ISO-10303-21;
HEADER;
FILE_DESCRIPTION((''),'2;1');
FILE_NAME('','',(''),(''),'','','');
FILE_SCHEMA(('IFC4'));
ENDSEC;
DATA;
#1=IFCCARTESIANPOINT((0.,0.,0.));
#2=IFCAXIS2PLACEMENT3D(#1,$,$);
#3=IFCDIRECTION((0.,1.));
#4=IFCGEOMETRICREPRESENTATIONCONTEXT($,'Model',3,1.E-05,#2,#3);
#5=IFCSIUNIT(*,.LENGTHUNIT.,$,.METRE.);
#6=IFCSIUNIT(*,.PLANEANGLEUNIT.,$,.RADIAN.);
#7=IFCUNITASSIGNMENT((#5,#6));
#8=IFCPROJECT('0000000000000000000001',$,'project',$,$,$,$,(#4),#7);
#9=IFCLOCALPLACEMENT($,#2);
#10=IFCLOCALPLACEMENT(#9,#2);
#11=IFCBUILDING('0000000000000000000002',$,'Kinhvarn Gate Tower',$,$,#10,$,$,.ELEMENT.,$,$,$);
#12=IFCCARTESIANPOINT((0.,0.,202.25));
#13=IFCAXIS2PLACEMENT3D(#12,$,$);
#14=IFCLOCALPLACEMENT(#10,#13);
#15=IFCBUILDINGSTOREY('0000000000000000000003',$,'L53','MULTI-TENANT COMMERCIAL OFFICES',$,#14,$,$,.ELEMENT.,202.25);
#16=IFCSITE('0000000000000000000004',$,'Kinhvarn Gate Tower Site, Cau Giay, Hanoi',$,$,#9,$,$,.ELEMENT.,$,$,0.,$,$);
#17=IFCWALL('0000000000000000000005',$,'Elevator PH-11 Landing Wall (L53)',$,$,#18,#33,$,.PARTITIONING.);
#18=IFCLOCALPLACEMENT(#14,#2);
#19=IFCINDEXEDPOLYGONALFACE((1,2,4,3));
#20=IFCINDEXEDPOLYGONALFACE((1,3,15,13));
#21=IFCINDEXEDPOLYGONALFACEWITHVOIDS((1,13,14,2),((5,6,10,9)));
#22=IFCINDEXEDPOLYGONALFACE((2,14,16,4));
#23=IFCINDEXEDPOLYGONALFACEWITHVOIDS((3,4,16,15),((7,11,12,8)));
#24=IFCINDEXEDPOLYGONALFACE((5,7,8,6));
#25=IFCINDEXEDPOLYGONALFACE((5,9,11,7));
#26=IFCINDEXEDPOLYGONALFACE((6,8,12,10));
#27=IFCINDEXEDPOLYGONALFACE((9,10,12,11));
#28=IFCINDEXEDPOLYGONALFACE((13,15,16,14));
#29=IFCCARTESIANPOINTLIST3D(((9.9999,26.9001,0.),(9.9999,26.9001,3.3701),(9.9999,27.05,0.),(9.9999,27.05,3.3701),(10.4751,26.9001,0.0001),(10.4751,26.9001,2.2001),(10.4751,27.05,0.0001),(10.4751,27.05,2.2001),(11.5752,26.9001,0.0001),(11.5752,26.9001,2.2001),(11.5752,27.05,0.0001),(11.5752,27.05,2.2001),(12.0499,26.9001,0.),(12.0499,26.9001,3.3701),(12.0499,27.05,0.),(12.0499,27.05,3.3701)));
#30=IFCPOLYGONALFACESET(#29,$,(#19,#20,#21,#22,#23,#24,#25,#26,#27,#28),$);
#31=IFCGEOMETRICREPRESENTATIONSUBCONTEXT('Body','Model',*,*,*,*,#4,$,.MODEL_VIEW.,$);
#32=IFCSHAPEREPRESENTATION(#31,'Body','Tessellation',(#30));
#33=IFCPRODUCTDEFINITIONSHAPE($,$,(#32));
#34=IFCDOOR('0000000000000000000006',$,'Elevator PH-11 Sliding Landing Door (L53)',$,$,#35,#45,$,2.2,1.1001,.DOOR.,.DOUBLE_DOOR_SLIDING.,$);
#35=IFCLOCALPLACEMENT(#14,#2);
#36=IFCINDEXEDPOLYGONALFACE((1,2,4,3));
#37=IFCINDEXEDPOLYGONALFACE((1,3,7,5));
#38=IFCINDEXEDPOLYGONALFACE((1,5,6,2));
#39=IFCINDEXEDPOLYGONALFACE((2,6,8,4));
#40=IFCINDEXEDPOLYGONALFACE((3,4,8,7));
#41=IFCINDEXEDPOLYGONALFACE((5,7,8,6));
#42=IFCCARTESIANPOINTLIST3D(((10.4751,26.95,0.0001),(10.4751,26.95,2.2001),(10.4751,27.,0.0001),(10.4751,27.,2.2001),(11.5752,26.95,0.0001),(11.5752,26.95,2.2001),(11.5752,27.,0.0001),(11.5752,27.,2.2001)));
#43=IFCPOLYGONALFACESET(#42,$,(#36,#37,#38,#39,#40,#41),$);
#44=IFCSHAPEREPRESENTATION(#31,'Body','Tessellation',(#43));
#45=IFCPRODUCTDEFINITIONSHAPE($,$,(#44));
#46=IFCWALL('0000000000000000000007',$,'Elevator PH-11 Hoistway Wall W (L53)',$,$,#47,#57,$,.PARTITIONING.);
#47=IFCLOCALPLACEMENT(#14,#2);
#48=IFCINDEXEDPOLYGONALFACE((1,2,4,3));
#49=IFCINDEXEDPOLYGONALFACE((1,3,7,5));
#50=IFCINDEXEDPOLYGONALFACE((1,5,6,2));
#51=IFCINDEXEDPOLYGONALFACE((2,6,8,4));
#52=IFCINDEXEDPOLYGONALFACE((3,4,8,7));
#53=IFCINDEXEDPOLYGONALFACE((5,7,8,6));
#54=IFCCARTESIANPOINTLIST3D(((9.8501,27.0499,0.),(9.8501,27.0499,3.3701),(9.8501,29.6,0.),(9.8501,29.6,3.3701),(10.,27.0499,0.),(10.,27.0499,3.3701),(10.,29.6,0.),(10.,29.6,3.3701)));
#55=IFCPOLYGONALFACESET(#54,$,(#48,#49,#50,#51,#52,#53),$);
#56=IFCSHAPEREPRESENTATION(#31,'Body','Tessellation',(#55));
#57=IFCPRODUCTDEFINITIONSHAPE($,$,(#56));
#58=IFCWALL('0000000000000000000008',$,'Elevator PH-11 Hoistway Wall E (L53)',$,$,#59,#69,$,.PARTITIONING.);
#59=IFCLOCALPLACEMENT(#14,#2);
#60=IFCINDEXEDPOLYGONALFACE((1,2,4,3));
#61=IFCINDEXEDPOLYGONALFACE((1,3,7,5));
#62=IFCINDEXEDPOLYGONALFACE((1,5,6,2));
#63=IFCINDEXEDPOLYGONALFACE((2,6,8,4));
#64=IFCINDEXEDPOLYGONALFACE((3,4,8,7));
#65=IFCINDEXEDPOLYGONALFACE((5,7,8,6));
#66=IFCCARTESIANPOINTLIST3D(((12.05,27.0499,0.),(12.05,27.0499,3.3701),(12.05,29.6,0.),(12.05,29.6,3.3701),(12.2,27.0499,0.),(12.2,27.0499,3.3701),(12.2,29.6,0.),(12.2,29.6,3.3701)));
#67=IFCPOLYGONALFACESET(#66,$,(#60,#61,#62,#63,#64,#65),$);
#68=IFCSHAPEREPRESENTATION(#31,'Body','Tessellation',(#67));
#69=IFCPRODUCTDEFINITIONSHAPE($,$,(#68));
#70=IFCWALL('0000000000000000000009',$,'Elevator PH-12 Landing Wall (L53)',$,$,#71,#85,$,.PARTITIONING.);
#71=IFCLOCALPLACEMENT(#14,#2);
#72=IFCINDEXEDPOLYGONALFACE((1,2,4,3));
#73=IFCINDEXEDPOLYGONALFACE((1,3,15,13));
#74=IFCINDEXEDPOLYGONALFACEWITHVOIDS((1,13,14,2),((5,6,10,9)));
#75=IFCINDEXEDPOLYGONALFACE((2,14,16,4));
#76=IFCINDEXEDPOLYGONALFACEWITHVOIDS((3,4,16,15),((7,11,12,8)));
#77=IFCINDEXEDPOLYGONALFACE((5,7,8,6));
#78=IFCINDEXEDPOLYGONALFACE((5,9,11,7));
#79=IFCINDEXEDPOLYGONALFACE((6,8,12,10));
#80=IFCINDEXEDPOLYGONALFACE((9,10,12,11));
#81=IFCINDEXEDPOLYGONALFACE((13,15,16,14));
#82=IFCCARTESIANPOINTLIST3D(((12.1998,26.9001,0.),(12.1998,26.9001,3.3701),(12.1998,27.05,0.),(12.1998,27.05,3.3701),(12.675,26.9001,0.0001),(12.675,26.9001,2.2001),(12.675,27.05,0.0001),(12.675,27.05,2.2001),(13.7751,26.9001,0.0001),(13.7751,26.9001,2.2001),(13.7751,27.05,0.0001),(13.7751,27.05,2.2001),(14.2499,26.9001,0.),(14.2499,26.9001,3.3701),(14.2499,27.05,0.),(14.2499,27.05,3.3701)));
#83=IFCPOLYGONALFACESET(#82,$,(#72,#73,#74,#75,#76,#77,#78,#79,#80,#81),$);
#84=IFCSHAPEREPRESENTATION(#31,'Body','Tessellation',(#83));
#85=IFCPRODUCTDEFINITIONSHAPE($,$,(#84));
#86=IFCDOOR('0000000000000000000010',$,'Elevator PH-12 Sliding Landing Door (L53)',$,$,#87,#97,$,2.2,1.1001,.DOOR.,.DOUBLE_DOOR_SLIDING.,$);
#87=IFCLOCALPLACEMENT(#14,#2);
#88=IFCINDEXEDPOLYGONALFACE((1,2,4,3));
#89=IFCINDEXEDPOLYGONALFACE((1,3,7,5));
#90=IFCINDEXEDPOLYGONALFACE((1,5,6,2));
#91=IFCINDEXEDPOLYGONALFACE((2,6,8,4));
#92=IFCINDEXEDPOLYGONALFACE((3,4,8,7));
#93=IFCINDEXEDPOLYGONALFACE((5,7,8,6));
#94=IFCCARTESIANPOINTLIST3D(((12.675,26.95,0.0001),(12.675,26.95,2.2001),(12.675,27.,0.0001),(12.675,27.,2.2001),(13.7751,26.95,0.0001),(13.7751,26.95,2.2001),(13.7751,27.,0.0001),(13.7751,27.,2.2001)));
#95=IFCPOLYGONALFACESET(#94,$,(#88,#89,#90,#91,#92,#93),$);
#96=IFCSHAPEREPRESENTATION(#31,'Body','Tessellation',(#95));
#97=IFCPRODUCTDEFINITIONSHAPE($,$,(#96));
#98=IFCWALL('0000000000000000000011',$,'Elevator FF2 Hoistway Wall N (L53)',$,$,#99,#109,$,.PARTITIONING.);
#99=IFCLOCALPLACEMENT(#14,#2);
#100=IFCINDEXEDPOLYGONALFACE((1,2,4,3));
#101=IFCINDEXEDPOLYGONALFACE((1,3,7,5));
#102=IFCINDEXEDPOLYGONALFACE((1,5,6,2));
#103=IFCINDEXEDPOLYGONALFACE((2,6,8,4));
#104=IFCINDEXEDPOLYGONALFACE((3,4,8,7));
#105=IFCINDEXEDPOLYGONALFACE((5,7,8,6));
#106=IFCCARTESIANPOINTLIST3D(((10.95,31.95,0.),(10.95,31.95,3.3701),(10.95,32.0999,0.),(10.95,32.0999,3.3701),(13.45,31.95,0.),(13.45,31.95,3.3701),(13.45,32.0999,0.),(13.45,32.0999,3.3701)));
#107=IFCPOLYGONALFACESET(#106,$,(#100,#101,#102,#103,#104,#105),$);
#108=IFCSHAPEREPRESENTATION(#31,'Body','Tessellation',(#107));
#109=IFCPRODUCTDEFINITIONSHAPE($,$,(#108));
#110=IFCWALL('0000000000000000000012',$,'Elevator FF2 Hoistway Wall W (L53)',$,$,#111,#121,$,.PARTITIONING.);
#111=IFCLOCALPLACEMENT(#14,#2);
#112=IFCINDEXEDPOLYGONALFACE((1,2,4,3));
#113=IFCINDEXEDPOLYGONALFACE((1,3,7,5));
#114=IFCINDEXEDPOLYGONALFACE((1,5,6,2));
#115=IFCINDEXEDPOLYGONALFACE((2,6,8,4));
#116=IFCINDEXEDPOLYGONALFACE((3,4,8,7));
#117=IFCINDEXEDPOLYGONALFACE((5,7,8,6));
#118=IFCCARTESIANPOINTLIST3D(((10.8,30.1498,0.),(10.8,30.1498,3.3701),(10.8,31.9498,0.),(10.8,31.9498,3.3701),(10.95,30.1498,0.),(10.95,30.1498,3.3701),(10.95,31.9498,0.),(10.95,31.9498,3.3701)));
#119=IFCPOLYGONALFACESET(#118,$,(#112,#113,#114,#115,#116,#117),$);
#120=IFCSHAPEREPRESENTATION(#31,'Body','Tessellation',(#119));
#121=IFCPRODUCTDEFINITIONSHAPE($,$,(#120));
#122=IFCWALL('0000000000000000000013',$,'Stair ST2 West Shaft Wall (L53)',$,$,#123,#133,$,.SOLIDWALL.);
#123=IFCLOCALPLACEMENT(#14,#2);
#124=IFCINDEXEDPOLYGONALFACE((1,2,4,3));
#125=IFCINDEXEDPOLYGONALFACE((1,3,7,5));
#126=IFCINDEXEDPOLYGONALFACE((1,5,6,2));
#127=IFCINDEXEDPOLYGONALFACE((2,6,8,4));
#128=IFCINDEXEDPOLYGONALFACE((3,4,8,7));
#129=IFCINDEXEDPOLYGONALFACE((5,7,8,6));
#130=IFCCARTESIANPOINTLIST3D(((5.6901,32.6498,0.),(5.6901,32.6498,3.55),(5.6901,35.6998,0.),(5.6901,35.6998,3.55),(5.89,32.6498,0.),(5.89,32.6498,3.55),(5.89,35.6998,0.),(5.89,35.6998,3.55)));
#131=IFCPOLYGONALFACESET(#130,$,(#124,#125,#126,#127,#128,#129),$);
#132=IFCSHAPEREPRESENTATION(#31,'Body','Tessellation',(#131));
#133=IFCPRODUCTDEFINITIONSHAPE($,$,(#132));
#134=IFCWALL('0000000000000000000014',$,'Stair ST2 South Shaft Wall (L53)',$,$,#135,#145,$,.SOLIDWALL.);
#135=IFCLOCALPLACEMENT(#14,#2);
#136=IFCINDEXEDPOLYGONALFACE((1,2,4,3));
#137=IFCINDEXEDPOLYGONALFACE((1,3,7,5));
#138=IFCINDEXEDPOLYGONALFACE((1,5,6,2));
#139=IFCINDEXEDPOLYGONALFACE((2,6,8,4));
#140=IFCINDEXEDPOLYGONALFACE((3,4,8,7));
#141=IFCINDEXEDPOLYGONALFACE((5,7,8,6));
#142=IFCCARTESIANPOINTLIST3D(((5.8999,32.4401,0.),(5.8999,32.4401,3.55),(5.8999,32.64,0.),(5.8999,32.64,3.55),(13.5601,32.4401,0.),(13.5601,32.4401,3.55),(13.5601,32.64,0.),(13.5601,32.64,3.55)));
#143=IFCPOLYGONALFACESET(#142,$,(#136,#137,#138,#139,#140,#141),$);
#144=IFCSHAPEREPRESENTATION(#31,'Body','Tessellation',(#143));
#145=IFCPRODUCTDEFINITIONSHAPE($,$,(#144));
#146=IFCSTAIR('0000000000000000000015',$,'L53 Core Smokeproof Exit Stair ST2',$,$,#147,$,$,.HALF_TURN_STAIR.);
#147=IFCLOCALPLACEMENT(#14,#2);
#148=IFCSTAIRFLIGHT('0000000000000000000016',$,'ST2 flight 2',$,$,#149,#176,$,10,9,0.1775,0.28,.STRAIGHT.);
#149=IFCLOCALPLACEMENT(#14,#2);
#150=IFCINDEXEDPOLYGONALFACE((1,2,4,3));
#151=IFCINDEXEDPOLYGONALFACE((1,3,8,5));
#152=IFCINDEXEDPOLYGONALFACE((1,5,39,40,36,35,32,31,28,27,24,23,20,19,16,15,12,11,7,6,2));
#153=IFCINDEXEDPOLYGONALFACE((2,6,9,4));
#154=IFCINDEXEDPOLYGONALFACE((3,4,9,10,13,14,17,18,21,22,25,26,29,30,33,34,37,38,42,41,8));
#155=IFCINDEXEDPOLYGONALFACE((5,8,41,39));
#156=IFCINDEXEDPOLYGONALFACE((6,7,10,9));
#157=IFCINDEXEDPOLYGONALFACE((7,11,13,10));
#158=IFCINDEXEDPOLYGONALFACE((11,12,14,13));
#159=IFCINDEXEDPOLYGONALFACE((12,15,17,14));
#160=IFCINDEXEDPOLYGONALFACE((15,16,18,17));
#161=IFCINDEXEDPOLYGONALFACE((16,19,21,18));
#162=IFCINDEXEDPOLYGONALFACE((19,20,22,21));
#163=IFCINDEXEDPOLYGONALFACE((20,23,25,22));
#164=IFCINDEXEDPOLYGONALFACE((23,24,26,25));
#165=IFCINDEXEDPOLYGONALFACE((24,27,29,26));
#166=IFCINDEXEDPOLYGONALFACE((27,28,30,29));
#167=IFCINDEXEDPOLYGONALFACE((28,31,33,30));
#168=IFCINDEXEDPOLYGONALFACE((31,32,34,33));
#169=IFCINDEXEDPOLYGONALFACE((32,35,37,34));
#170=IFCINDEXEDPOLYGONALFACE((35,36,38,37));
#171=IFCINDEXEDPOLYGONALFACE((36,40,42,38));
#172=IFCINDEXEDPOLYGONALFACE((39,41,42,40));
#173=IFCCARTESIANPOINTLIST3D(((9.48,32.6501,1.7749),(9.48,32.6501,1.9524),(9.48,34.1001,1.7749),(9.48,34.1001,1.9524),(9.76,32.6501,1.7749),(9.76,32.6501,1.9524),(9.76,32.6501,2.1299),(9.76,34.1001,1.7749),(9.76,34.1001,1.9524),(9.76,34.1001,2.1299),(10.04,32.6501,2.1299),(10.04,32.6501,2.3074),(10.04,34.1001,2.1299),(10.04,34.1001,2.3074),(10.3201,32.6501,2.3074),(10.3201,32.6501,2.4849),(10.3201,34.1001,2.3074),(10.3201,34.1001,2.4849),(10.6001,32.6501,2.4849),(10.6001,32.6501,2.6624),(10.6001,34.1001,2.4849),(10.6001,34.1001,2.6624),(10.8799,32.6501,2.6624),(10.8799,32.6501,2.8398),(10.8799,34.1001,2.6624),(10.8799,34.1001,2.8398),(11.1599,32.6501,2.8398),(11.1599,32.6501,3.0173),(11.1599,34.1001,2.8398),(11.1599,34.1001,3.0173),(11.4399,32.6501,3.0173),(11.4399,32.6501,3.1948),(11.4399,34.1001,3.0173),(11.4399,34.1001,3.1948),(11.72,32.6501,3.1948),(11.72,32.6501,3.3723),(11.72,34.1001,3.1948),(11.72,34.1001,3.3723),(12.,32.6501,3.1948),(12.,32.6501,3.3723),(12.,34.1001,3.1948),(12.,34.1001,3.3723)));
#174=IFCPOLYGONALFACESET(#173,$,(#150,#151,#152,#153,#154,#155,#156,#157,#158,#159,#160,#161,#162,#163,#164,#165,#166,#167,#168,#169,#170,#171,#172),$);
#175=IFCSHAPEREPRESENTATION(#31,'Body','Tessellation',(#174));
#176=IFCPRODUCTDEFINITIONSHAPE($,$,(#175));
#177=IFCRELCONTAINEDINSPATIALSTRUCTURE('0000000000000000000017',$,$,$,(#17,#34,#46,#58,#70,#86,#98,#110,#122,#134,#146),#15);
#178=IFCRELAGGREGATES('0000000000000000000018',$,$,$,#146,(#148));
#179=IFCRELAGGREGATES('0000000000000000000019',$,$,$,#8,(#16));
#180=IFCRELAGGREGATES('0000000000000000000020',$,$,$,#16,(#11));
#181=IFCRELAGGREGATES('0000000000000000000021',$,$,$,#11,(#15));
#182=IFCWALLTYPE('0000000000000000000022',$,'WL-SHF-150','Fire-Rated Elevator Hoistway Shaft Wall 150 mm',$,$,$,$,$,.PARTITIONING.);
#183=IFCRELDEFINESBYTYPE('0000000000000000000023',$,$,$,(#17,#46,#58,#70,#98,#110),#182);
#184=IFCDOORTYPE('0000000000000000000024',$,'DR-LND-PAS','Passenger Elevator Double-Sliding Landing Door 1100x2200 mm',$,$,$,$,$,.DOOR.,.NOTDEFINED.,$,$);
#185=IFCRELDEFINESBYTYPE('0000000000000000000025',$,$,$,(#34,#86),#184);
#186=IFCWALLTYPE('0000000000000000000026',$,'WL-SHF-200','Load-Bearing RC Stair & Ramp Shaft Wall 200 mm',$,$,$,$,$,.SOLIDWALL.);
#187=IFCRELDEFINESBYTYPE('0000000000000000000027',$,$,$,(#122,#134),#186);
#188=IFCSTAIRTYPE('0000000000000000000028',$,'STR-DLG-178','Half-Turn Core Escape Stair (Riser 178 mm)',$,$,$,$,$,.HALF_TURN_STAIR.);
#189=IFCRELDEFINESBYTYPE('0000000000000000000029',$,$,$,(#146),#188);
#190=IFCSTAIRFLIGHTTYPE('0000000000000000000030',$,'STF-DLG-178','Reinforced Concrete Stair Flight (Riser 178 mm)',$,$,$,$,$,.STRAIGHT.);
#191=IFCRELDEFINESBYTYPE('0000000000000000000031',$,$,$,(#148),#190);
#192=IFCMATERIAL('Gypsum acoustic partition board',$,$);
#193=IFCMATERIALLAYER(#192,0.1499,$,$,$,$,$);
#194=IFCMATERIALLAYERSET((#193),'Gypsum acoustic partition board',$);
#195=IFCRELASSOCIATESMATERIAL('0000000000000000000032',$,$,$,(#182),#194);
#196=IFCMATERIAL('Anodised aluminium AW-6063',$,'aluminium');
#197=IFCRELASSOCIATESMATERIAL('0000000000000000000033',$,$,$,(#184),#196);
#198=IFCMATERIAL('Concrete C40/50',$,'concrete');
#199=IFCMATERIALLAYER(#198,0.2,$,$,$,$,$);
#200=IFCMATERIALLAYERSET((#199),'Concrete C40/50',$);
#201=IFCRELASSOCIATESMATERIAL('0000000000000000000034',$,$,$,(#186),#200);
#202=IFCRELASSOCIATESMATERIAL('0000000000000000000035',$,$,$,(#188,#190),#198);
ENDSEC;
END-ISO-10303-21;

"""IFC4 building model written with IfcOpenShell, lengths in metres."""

from ifc_helpers import new_model, si_unit, direction, frame, frame_2d, origin, place, context, subcontext, project, spatial, polyline, rectangle, outline, extrude, material, layer, layer_set, type_object, element, fill, aggregate, save


model = new_model("IFC4")

# Units and contexts
model_context = context("Model", 3, precision=1e-05, world=origin(), true_north=direction((0.0, 1.0)))
body_context = subcontext(model_context, "Body", "Model", "MODEL_VIEW")
ifc_project = project(units=[si_unit("LENGTHUNIT", "METRE"), si_unit("PLANEANGLEUNIT", "RADIAN")], contexts=[model_context])

# Site, building, storey
site_placement = place(None, origin())
site = spatial("IfcSite", under=ifc_project, at=site_placement, Name="Kinhvarn Gate Tower Site, Cau Giay, Hanoi", CompositionType="ELEMENT", RefElevation=0.0)
building_placement = place(site_placement, origin())
building = spatial("IfcBuilding", under=site, at=building_placement, Name="Kinhvarn Gate Tower", CompositionType="ELEMENT")
storey_placement = place(building_placement, frame((0.0, 0.0, 202.25)))
storey = spatial("IfcBuildingStorey", under=building, at=storey_placement, Name="L53", Description="MULTI-TENANT COMMERCIAL OFFICES", CompositionType="ELEMENT", Elevation=202.25)

# Shared definitions
ifc_material_1 = material(Name="Gypsum acoustic partition board")

# Shared definitions
ifc_material_2 = material(Name="Anodised aluminium AW-6063", Category="aluminium")

# Shared definitions
ifc_layer_1 = layer(ifc_material_1, 0.1499)
ifc_layer_set_1 = layer_set([ifc_layer_1], Name="Gypsum acoustic partition board")
wall_type_1 = type_object("IfcWallType", Name="WL-SHF-150", Description="Fire-Rated Elevator Hoistway Shaft Wall 150 mm", PredefinedType="PARTITIONING", material=ifc_layer_set_1)
door_type_1 = type_object("IfcDoorType", Name="DR-LND-PAS", Description="Passenger Elevator Double-Sliding Landing Door 1100x2200 mm", OperationType="NOTDEFINED", PredefinedType="DOOR", material=ifc_material_2)

# Wall, opening, door
wall_1_placement = place(storey_placement, frame((10.0, 26.9751, 0.0), z_axis=(0.0, 0.0, 1.0), x_axis=(1.0, 0.0, 0.0)))
wall_1 = element("IfcWall", 1, at=wall_1_placement, inside=storey, type_object=wall_type_1, Name="Elevator PH-11 Landing Wall (L53)", PredefinedType="PARTITIONING", context=body_context, shape_type="SweptSolid", body=[
    extrude(rectangle(XDim=2.05, YDim=0.1499, at=frame_2d((1.0249, 0.0))), origin(), (0.0, 0.0, 1.0), 3.3701),
])
opening_1_placement = place(wall_1_placement, frame((0.4751, 0.0, 0.0)))
opening_1 = element("IfcOpeningElement", 2, at=opening_1_placement, cuts=wall_1, PredefinedType="OPENING", context=body_context, shape_type="SweptSolid", body=[
    extrude(rectangle(XDim=1.1001, YDim=2.2, at=frame_2d((0.55, 1.1001))), frame((0.0, 0.085, 0.0), z_axis=(0.0, -1.0, 0.0), x_axis=(1.0, 0.0, 0.0)), (0.0, 0.0, 1.0), 0.1699),
])
door_1_placement = place(opening_1_placement, origin())
door_1 = element("IfcDoor", 3, at=door_1_placement, inside=storey, type_object=door_type_1, Name="Elevator PH-11 Sliding Landing Door (L53)", OperationType="DOUBLE_DOOR_SLIDING", OverallHeight=2.2, OverallWidth=1.1001, PredefinedType="DOOR", context=body_context, shape_type="SweptSolid", body=[
    extrude(rectangle(XDim=1.1001, YDim=2.2, at=frame_2d((0.55, 1.1001))), frame((0.0, 0.0249, 0.0), z_axis=(0.0, -1.0, 0.0), x_axis=(1.0, 0.0, 0.0)), (0.0, 0.0, 1.0), 0.05),
])
fill(opening_1, door_1)

# Walls
for number, where, z_axis, x_axis, name in (
    (4, (9.925, 27.05, 0.0), (0.0, 0.0, 1.0), (0.0, 1.0, 0.0), "Elevator PH-11 Hoistway Wall W (L53)"),
    (5, (12.125, 27.05, 0.0), (0.0, 0.0, 1.0), (0.0, 1.0, 0.0), "Elevator PH-11 Hoistway Wall E (L53)"),
):
    element("IfcWall", number, at=place(storey_placement, frame(where, z_axis=z_axis, x_axis=x_axis)), inside=storey, type_object=wall_type_1, Name=name, PredefinedType="PARTITIONING", context=body_context, shape_type="SweptSolid", body=[
        extrude(rectangle(XDim=2.55, YDim=0.1499, at=frame_2d((1.2749, 0.0))), origin(), (0.0, 0.0, 1.0), 3.3701),
    ])

# Wall, opening, door
wall_2_placement = place(storey_placement, frame((12.2, 26.9751, 0.0), z_axis=(0.0, 0.0, 1.0), x_axis=(1.0, 0.0, 0.0)))
wall_2 = element("IfcWall", 6, at=wall_2_placement, inside=storey, type_object=wall_type_1, Name="Elevator PH-12 Landing Wall (L53)", PredefinedType="PARTITIONING", context=body_context, shape_type="SweptSolid", body=[
    extrude(rectangle(XDim=2.05, YDim=0.1499, at=frame_2d((1.0249, 0.0))), origin(), (0.0, 0.0, 1.0), 3.3701),
])
opening_2_placement = place(wall_2_placement, frame((0.4751, 0.0, 0.0)))
opening_2 = element("IfcOpeningElement", 7, at=opening_2_placement, cuts=wall_2, PredefinedType="OPENING", context=body_context, shape_type="SweptSolid", body=[
    extrude(rectangle(XDim=1.1001, YDim=2.2, at=frame_2d((0.55, 1.1001))), frame((0.0, 0.085, 0.0), z_axis=(0.0, -1.0, 0.0), x_axis=(1.0, 0.0, 0.0)), (0.0, 0.0, 1.0), 0.1699),
])
door_2_placement = place(opening_2_placement, origin())
door_2 = element("IfcDoor", 8, at=door_2_placement, inside=storey, type_object=door_type_1, Name="Elevator PH-12 Sliding Landing Door (L53)", OperationType="DOUBLE_DOOR_SLIDING", OverallHeight=2.2, OverallWidth=1.1001, PredefinedType="DOOR", context=body_context, shape_type="SweptSolid", body=[
    extrude(rectangle(XDim=1.1001, YDim=2.2, at=frame_2d((0.55, 1.1001))), frame((0.0, 0.0249, 0.0), z_axis=(0.0, -1.0, 0.0), x_axis=(1.0, 0.0, 0.0)), (0.0, 0.0, 1.0), 0.05),
])
fill(opening_2, door_2)

# Walls
wall_3_placement = place(storey_placement, frame((10.95, 32.0249, 0.0), z_axis=(0.0, 0.0, 1.0), x_axis=(1.0, 0.0, 0.0)))
element("IfcWall", 9, at=wall_3_placement, inside=storey, type_object=wall_type_1, Name="Elevator FF2 Hoistway Wall N (L53)", PredefinedType="PARTITIONING", context=body_context, shape_type="SweptSolid", body=[
    extrude(rectangle(XDim=2.5, YDim=0.1499, at=frame_2d((1.25, 0.0))), origin(), (0.0, 0.0, 1.0), 3.3701),
])
wall_4_placement = place(storey_placement, frame((10.875, 30.1499, 0.0), z_axis=(0.0, 0.0, 1.0), x_axis=(0.0, 1.0, 0.0)))
element("IfcWall", 10, at=wall_4_placement, inside=storey, type_object=wall_type_1, Name="Elevator FF2 Hoistway Wall W (L53)", PredefinedType="PARTITIONING", context=body_context, shape_type="SweptSolid", body=[
    extrude(rectangle(XDim=1.8, YDim=0.1499, at=frame_2d((0.8999, 0.0))), origin(), (0.0, 0.0, 1.0), 3.3701),
])
ifc_material_3 = material(Name="Concrete C40/50", Category="concrete")
ifc_layer_2 = layer(ifc_material_3, 0.2)
ifc_layer_set_2 = layer_set([ifc_layer_2], Name="Concrete C40/50")
wall_type_2 = type_object("IfcWallType", Name="WL-SHF-200", Description="Load-Bearing RC Stair & Ramp Shaft Wall 200 mm", PredefinedType="SOLIDWALL", material=ifc_layer_set_2)
wall_5_placement = place(storey_placement, frame((5.79, 32.6499, 0.0), z_axis=(0.0, 0.0, 1.0), x_axis=(0.0, 1.0, 0.0)))
element("IfcWall", 11, at=wall_5_placement, inside=storey, type_object=wall_type_2, Name="Stair ST2 West Shaft Wall (L53)", PredefinedType="SOLIDWALL", context=body_context, shape_type="SweptSolid", body=[
    extrude(rectangle(XDim=3.05, YDim=0.2, at=frame_2d((1.5249, 0.0))), origin(), (0.0, 0.0, 1.0), 3.55),
])
wall_6_placement = place(storey_placement, frame((5.8999, 32.54, 0.0), z_axis=(0.0, 0.0, 1.0), x_axis=(1.0, 0.0, 0.0)))
element("IfcWall", 12, at=wall_6_placement, inside=storey, type_object=wall_type_2, Name="Stair ST2 South Shaft Wall (L53)", PredefinedType="SOLIDWALL", context=body_context, shape_type="SweptSolid", body=[
    extrude(rectangle(XDim=7.6602, YDim=0.2, at=frame_2d((3.8301, 0.0))), origin(), (0.0, 0.0, 1.0), 3.55),
])

# Stair, stair flight
stair_type = type_object("IfcStairType", Name="STR-DLG-178", Description="Half-Turn Core Escape Stair (Riser 178 mm)", PredefinedType="HALF_TURN_STAIR", material=ifc_material_3)
stair_placement = place(storey_placement, origin())
stair = element("IfcStair", 13, at=stair_placement, inside=storey, type_object=stair_type, Name="L53 Core Smokeproof Exit Stair ST2", PredefinedType="HALF_TURN_STAIR")
stair_flight_type = type_object("IfcStairFlightType", Name="STF-DLG-178", Description="Reinforced Concrete Stair Flight (Riser 178 mm)", PredefinedType="STRAIGHT", material=ifc_material_3)
stair_flight_placement = place(storey_placement, frame((9.48, 33.375, 1.7749), z_axis=(0.0, 0.0, 1.0), x_axis=(1.0, 0.0, 0.0)))
stair_flight = element("IfcStairFlight", 14, at=stair_flight_placement, type_object=stair_flight_type, Name="ST2 flight 2", NumberOfRisers=10, NumberOfTreads=9, PredefinedType="STRAIGHT", RiserHeight=0.1775, TreadLength=0.28, context=body_context, shape_type="SweptSolid", body=[
    extrude(outline(polyline([(0.0, 0.0), (0.0, 0.1775), (0.28, 0.1775), (0.28, 0.355), (0.5601, 0.355), (0.5601, 0.5325), (0.8401, 0.5325), (0.8401, 0.71), (1.1201, 0.71), (1.1201, 0.8875), (1.3999, 0.8875), (1.3999, 1.0649), (1.6799, 1.0649), (1.6799, 1.2424), (1.96, 1.2424), (1.96, 1.4199), (2.24, 1.4199), (2.24, 1.5974), (2.52, 1.5974), (2.52, 1.7749), (2.52, 1.4199), (0.28, 0.0), (0.0, 0.0)])), frame((0.0, 0.7251, 0.0), z_axis=(0.0, -1.0, 0.0), x_axis=(1.0, 0.0, 0.0)), (0.0, 0.0, 1.0), 1.45),
])
aggregate(stair, [stair_flight])

save(model, "model.ifc")
